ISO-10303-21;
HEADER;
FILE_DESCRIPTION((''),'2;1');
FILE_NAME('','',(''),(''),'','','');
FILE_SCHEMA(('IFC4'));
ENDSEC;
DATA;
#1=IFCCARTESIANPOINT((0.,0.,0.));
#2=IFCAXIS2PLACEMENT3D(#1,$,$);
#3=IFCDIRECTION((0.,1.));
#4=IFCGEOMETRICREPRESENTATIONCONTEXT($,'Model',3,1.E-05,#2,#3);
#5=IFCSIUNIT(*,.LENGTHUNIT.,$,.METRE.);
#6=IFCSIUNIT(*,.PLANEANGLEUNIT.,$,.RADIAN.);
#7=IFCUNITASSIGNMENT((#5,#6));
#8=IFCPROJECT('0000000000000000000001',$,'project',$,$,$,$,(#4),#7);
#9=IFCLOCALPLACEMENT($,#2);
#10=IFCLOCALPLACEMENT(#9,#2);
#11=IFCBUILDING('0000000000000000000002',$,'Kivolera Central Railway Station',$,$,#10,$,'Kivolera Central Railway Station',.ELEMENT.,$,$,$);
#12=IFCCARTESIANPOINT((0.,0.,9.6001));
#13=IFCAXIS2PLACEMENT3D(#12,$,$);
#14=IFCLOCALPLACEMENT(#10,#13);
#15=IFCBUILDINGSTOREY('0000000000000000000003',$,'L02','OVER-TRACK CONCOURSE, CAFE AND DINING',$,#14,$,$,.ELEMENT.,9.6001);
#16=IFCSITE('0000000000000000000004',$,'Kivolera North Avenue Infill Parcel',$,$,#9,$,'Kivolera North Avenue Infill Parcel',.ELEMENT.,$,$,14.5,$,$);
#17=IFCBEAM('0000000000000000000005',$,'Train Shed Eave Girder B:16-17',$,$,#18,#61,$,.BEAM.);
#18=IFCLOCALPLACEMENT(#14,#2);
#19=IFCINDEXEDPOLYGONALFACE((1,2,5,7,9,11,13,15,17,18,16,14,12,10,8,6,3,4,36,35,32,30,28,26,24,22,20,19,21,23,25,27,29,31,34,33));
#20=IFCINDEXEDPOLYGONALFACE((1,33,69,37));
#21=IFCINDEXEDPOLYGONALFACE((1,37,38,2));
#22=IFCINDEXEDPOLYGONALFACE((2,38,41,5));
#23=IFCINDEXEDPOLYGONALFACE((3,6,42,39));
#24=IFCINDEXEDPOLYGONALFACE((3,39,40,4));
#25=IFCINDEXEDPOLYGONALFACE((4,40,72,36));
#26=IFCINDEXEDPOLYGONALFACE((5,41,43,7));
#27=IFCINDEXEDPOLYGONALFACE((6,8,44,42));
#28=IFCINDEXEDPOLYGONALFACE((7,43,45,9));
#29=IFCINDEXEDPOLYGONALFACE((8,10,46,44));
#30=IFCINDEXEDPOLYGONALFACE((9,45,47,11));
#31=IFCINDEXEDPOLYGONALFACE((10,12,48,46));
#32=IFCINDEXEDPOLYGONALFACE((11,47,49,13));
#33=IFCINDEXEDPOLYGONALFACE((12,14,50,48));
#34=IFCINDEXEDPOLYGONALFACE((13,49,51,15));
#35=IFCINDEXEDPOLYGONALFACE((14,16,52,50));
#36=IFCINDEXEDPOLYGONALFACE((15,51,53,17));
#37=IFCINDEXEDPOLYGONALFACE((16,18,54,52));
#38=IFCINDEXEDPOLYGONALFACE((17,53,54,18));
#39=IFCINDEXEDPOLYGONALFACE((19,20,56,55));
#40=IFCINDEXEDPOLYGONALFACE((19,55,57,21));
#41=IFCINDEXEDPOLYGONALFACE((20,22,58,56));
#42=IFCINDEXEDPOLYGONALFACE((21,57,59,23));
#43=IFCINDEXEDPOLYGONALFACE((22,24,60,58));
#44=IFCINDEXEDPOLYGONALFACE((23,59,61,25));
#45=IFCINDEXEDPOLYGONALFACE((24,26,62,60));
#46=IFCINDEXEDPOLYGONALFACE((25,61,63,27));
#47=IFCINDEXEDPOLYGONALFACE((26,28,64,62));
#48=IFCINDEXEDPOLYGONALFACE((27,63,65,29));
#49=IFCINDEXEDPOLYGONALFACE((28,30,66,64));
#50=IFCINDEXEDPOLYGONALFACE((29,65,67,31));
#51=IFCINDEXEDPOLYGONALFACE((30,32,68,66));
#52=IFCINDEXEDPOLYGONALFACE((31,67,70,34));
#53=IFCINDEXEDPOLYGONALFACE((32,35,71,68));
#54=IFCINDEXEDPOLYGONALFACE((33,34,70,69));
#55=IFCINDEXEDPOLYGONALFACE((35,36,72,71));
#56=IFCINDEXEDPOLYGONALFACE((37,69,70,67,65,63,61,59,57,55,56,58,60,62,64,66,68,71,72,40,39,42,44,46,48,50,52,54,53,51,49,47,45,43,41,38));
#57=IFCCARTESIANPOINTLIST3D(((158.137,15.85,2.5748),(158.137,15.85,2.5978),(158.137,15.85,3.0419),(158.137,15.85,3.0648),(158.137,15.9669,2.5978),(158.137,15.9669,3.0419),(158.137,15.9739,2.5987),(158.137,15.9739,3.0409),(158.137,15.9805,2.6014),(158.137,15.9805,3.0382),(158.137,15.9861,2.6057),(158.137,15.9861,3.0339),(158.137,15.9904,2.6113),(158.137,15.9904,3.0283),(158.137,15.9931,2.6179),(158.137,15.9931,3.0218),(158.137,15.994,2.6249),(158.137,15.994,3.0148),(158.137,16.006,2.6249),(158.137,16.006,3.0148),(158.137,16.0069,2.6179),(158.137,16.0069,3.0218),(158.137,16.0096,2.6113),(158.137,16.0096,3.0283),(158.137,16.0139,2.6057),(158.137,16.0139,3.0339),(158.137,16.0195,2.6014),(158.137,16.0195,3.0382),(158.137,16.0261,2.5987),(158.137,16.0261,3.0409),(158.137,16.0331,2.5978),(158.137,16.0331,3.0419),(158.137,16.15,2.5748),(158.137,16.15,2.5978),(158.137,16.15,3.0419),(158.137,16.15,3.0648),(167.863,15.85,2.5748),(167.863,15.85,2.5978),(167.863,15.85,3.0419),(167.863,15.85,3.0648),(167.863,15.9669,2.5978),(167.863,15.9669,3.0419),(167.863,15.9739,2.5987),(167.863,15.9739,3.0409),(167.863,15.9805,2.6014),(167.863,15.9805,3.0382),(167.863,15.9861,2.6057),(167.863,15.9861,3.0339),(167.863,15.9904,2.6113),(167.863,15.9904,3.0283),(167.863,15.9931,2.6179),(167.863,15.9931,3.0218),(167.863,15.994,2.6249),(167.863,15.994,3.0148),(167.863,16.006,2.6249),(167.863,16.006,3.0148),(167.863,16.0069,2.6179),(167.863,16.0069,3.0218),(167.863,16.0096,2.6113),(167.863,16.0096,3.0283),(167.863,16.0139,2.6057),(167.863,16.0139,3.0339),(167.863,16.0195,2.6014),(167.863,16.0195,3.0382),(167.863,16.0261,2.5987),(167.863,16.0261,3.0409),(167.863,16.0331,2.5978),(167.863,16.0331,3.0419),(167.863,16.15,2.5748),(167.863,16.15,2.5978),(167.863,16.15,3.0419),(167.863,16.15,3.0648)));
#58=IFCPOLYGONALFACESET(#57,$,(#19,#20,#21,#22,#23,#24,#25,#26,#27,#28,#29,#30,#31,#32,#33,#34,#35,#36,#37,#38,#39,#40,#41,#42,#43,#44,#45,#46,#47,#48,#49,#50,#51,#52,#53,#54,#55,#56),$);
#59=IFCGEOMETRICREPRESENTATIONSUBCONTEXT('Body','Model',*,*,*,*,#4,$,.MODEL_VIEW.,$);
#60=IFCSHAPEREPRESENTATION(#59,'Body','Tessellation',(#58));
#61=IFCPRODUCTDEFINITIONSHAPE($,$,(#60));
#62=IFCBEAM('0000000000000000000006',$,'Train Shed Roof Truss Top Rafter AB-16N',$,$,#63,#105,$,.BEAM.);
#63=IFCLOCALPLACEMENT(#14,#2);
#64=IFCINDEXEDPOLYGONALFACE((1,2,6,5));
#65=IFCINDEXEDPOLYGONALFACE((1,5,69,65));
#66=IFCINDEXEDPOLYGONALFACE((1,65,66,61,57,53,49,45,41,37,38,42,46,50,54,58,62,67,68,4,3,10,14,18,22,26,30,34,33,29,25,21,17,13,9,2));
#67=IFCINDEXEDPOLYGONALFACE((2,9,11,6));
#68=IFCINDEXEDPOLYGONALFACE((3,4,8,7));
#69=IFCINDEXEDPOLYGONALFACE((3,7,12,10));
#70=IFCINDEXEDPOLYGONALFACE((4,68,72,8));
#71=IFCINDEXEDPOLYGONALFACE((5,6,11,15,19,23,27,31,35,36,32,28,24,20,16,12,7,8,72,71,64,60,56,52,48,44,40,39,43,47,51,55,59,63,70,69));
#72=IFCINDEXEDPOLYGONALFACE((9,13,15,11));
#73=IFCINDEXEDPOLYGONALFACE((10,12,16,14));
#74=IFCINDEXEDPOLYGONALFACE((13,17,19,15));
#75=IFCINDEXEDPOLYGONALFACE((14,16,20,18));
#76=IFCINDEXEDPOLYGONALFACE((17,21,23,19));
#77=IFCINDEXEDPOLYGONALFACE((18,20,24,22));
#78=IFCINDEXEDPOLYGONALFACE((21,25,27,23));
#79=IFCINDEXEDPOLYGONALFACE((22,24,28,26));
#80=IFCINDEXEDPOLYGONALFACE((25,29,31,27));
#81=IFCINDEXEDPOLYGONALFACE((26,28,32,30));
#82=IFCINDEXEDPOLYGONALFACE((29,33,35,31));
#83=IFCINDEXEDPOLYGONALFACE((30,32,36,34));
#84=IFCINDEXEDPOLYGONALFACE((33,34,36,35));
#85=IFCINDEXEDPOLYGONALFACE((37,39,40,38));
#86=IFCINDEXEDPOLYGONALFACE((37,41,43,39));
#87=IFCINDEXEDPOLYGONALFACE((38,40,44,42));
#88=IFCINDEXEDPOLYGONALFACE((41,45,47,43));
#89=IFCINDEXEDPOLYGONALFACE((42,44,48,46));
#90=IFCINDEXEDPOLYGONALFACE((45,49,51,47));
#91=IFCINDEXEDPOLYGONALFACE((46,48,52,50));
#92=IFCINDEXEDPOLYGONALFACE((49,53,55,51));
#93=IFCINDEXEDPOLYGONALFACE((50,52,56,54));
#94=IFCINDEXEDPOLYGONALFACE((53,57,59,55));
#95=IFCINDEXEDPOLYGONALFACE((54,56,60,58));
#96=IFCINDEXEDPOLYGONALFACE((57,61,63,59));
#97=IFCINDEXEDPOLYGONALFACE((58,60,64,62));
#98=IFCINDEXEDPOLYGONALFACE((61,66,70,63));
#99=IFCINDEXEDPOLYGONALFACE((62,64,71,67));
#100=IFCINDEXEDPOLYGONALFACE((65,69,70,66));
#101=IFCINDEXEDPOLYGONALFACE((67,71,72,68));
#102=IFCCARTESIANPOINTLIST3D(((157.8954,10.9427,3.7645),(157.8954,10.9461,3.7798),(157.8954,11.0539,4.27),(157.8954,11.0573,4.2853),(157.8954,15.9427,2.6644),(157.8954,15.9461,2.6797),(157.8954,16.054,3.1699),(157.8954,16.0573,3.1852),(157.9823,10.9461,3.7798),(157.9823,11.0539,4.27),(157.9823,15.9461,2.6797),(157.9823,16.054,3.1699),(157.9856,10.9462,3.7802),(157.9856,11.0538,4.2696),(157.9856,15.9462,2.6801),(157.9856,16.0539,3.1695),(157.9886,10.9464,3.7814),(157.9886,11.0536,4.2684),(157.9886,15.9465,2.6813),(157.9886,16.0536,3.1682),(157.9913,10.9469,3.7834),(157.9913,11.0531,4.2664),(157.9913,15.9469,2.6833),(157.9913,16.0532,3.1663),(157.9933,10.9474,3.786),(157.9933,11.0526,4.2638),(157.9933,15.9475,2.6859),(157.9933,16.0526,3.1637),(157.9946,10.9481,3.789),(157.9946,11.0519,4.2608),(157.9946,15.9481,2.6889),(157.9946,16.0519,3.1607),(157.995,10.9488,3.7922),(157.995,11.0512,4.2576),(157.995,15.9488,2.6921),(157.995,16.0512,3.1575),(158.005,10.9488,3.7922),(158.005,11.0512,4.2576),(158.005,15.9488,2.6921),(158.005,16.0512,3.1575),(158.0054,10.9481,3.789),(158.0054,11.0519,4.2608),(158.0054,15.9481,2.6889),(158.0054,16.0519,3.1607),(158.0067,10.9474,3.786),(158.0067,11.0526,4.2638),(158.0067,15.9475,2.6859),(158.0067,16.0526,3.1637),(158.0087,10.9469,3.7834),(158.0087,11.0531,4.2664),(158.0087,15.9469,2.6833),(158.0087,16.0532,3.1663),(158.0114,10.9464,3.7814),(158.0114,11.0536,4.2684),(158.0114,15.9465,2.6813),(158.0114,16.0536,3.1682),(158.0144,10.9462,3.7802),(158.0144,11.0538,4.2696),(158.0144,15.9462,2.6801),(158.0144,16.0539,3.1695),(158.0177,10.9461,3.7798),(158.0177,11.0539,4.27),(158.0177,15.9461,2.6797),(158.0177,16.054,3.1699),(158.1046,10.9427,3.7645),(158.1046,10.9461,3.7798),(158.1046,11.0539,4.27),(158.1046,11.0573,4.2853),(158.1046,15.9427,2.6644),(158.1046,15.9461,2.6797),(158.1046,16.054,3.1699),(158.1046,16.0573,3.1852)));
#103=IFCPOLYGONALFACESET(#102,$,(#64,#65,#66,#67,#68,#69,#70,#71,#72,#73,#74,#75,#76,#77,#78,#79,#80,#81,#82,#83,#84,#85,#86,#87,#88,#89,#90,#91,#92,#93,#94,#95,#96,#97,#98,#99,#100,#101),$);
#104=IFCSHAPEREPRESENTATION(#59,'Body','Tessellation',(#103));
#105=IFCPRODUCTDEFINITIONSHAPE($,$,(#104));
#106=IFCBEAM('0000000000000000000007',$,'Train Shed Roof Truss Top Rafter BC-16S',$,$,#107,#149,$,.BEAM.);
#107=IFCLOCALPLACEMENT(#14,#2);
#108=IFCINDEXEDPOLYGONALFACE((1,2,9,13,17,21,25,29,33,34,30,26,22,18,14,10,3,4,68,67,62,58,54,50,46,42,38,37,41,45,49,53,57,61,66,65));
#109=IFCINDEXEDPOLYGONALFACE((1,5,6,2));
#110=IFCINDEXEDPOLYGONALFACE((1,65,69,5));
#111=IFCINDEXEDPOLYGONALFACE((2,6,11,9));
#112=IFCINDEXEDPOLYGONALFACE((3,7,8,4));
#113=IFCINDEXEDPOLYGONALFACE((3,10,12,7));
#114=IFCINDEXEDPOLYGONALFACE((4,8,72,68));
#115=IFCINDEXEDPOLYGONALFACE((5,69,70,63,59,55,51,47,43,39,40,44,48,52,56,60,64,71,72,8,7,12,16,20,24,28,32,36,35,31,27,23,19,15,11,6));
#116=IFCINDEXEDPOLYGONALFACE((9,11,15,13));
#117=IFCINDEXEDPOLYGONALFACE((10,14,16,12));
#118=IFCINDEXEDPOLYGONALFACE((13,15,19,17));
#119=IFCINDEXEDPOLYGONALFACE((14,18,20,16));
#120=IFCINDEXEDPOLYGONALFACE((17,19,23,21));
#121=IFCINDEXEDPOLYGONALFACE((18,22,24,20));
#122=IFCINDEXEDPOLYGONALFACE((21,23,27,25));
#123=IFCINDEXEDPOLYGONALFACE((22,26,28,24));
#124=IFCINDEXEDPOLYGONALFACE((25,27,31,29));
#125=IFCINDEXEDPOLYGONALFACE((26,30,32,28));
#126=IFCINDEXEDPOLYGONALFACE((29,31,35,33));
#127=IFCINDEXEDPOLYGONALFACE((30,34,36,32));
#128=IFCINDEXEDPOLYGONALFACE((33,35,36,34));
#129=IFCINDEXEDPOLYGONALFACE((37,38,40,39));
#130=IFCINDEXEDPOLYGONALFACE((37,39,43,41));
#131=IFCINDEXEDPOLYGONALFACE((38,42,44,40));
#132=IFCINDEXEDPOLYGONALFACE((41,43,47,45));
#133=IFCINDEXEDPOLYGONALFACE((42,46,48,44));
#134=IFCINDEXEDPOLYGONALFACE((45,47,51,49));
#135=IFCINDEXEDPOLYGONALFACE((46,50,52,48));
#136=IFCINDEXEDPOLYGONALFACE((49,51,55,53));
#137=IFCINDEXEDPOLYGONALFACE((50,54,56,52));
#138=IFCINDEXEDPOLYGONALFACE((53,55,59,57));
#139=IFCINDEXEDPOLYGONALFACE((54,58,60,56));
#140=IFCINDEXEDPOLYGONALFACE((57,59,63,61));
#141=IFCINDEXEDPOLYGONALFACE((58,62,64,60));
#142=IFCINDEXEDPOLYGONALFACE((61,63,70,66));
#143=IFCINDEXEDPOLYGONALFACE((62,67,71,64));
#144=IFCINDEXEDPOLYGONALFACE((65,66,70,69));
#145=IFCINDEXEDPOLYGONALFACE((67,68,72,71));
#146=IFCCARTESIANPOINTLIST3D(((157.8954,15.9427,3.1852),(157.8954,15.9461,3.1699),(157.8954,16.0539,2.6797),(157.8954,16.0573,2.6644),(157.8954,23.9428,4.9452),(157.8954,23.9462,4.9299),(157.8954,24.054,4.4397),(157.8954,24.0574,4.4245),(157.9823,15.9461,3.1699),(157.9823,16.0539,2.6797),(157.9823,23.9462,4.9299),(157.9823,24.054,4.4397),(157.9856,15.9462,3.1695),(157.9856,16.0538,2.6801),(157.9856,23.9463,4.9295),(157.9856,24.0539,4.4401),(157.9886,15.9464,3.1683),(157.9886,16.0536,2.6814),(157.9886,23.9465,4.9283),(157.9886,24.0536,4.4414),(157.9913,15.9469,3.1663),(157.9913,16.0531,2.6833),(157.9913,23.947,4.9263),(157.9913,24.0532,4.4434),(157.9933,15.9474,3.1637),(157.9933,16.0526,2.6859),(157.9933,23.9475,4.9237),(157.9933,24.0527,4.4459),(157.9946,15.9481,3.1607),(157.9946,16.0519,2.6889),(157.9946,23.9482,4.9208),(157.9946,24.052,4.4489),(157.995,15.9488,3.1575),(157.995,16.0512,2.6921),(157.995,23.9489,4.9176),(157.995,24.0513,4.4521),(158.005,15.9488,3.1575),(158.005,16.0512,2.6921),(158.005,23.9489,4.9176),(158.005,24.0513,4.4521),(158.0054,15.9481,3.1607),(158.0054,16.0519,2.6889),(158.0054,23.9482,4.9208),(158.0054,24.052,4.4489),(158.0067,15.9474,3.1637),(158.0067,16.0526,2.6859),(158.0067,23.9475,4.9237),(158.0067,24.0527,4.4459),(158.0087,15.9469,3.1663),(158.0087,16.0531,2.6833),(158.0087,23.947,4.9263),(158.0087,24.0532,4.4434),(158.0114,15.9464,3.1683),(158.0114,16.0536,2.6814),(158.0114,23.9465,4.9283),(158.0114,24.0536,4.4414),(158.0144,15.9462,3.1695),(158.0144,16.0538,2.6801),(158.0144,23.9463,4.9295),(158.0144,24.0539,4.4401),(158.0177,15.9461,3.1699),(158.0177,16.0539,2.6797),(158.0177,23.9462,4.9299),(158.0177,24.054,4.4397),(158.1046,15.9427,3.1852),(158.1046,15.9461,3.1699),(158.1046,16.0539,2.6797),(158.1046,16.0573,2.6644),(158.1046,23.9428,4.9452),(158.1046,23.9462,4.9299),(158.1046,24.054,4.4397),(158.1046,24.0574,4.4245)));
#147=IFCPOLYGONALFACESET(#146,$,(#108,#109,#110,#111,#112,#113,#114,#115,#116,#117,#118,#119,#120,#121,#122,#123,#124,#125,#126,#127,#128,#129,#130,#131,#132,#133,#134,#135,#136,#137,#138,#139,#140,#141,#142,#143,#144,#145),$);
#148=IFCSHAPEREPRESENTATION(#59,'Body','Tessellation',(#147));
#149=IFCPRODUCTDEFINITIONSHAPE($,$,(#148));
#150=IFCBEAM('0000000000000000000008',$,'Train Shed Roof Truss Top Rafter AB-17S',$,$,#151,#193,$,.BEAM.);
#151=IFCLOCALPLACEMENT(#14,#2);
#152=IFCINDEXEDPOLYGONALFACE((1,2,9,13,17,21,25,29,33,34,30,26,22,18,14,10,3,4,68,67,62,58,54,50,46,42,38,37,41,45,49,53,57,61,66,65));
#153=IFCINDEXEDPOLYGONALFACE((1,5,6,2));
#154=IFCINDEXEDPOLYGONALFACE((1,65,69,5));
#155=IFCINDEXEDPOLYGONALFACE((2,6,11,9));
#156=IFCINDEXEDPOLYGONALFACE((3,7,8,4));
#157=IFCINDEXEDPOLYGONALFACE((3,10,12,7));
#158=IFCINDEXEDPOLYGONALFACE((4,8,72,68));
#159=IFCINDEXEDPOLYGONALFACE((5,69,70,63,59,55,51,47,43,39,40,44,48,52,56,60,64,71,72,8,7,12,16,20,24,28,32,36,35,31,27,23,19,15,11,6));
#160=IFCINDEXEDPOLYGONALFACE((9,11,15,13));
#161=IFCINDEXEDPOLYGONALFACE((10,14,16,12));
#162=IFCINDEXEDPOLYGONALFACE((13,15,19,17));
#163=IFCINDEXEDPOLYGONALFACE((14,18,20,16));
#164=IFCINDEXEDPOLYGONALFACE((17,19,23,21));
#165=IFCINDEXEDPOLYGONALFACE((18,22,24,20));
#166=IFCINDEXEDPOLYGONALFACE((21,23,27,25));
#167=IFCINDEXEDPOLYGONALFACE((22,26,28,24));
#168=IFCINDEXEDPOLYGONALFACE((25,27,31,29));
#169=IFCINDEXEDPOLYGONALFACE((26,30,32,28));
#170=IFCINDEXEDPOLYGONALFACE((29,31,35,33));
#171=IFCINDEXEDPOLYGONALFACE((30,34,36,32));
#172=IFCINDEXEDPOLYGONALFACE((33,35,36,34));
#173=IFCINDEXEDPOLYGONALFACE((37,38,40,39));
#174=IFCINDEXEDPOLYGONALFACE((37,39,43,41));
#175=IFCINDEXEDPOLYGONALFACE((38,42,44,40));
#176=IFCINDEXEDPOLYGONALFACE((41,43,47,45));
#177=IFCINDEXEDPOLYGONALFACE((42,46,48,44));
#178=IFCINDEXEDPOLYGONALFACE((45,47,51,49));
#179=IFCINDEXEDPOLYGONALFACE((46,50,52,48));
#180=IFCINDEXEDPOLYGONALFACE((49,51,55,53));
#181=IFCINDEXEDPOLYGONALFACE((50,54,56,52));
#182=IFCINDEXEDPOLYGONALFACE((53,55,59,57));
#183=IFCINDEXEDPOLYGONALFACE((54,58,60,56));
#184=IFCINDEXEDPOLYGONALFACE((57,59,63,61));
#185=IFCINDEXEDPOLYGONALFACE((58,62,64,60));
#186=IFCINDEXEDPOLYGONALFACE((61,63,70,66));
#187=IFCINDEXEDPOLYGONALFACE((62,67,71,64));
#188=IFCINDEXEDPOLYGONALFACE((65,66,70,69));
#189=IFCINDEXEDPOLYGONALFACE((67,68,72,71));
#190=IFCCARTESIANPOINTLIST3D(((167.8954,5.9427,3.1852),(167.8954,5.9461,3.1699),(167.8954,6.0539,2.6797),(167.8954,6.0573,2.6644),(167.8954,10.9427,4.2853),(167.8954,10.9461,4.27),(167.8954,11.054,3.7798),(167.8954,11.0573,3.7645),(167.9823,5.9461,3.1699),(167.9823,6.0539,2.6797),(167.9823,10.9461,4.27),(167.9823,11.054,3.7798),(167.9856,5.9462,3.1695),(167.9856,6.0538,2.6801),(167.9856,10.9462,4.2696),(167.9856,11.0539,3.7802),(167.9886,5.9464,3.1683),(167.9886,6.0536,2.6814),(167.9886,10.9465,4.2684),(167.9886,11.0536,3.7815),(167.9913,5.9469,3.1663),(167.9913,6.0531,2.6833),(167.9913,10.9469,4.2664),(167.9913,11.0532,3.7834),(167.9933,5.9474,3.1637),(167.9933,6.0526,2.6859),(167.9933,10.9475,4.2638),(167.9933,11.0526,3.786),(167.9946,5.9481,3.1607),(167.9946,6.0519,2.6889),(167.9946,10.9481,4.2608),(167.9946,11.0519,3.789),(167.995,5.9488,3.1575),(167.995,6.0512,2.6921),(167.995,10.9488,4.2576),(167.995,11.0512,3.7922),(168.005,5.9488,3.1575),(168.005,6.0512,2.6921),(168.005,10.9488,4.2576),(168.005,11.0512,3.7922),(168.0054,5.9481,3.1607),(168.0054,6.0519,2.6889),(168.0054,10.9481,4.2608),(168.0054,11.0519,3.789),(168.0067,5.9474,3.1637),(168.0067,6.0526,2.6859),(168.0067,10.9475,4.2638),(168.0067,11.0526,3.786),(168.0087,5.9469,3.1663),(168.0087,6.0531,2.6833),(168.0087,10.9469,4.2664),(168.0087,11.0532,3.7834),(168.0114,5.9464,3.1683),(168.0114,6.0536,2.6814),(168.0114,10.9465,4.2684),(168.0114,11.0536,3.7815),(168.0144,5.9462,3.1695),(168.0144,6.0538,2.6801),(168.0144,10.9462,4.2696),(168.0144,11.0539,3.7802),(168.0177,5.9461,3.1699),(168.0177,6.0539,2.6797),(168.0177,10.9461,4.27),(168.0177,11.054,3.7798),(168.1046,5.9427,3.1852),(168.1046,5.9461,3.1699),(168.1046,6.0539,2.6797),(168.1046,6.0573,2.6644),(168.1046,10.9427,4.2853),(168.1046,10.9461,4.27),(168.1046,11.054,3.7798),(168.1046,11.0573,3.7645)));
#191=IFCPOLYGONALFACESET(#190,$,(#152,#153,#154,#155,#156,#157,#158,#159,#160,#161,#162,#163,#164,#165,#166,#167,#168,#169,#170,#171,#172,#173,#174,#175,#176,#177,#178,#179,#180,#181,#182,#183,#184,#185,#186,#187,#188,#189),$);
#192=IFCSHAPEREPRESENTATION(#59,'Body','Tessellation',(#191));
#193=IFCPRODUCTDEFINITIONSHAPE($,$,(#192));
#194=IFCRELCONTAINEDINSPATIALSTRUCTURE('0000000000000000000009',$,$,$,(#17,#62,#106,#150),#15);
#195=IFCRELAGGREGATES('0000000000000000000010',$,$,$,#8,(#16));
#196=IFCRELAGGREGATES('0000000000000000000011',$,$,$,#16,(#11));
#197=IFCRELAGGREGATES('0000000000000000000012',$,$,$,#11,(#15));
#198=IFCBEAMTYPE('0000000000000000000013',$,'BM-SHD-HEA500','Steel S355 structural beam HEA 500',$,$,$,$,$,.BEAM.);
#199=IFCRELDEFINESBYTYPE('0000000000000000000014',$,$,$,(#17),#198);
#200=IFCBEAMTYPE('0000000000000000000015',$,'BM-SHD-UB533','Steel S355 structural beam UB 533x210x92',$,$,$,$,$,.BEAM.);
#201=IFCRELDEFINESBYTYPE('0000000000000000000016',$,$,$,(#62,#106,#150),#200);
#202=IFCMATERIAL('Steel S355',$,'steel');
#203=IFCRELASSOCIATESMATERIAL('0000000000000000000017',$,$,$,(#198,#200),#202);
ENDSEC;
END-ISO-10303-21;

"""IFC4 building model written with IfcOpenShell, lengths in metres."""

from ifc_helpers import new_model, si_unit, direction, frame, origin, origin_2d, place, context, subcontext, project, spatial, i_section, extrude, material, material_profile, profile_set, type_object, element, save


model = new_model("IFC4")

# Units and contexts
model_context = context("Model", 3, precision=1e-05, world=origin(), true_north=direction((0.0, 1.0)))
body_context = subcontext(model_context, "Body", "Model", "MODEL_VIEW")
ifc_project = project(units=[si_unit("LENGTHUNIT", "METRE"), si_unit("PLANEANGLEUNIT", "RADIAN")], contexts=[model_context])

# Site, building, storey
site_placement = place(None, origin())
site = spatial("IfcSite", under=ifc_project, at=site_placement, Name="Kivolera North Avenue Infill Parcel", LongName="Kivolera North Avenue Infill Parcel", CompositionType="ELEMENT", RefElevation=14.5)
building_placement = place(site_placement, origin())
building = spatial("IfcBuilding", under=site, at=building_placement, Name="Kivolera Central Railway Station", LongName="Kivolera Central Railway Station", CompositionType="ELEMENT")
storey_placement = place(building_placement, frame((0.0, 0.0, 9.6001)))
storey = spatial("IfcBuildingStorey", under=building, at=storey_placement, Name="L02", Description="OVER-TRACK CONCOURSE, CAFE AND DINING", CompositionType="ELEMENT", Elevation=9.6001)

# Shared definitions
ifc_material_1 = material(Name="Steel S355", Category="steel")

# Beams
ifc_material_profile_1 = material_profile(ifc_material_1, i_section(OverallWidth=0.3, OverallDepth=0.49, WebThickness=0.012, FlangeThickness=0.0229, FilletRadius=0.0271, at=origin_2d()), Name="HEA 500")
ifc_profile_set_1 = profile_set([ifc_material_profile_1], Name="Steel S355")
beam_type_1 = type_object("IfcBeamType", Name="BM-SHD-HEA500", Description="Steel S355 structural beam HEA 500", PredefinedType="BEAM", material=ifc_profile_set_1)
for number, where, z_axis, x_axis, name in (
    (1, (158.137, 16.0, 2.8198), (1.0, 0.0, 0.0), (0.0, 1.0, 0.0), "Train Shed Eave Girder B:16-17"),
):
    element("IfcBeam", number, at=place(storey_placement, frame(where, z_axis=z_axis, x_axis=x_axis)), inside=storey, type_object=beam_type_1, Name=name, PredefinedType="BEAM", context=body_context, shape_type="SweptSolid", body=[
        extrude(i_section(OverallWidth=0.3, OverallDepth=0.49, WebThickness=0.012, FlangeThickness=0.0229, FilletRadius=0.0271, at=origin_2d()), origin(), (0.0, 0.0, 1.0), 9.7261),
    ])
ifc_material_profile_2 = material_profile(ifc_material_1, i_section(OverallWidth=0.2092, OverallDepth=0.5332, WebThickness=0.01, FlangeThickness=0.0156, FilletRadius=0.0127, at=origin_2d()), Name="UB 533x210x92")
ifc_profile_set_2 = profile_set([ifc_material_profile_2], Name="Steel S355")
beam_type_2 = type_object("IfcBeamType", Name="BM-SHD-UB533", Description="Steel S355 structural beam UB 533x210x92", PredefinedType="BEAM", material=ifc_profile_set_2)
beam_1_placement = place(storey_placement, frame((158.0, 11.0, 4.0249), z_axis=(0.0, 0.97664, -0.21488), x_axis=(-1.0, 0.0, 0.0)))
element("IfcBeam", 2, at=beam_1_placement, inside=storey, type_object=beam_type_2, Name="Train Shed Roof Truss Top Rafter AB-16N", PredefinedType="BEAM", context=body_context, shape_type="SweptSolid", body=[
    extrude(i_section(OverallWidth=0.2092, OverallDepth=0.5332, WebThickness=0.01, FlangeThickness=0.0156, FilletRadius=0.0127, at=origin_2d()), origin(), (0.0, 0.0, 1.0), 5.1196),
])
beam_2_placement = place(storey_placement, frame((158.0, 16.0, 2.9248), z_axis=(0.0, 0.976644, 0.214863), x_axis=(-1.0, 0.0, 0.0)))
element("IfcBeam", 3, at=beam_2_placement, inside=storey, type_object=beam_type_2, Name="Train Shed Roof Truss Top Rafter BC-16S", PredefinedType="BEAM", context=body_context, shape_type="SweptSolid", body=[
    extrude(i_section(OverallWidth=0.2092, OverallDepth=0.5332, WebThickness=0.01, FlangeThickness=0.0156, FilletRadius=0.0127, at=origin_2d()), origin(), (0.0, 0.0, 1.0), 8.1914),
])
for number, where, z_axis, x_axis, name in (
    (4, (168.0, 6.0, 2.9248), (0.0, 0.97664, 0.21488), (-1.0, 0.0, 0.0), "Train Shed Roof Truss Top Rafter AB-17S"),
):
    element("IfcBeam", number, at=place(storey_placement, frame(where, z_axis=z_axis, x_axis=x_axis)), inside=storey, type_object=beam_type_2, Name=name, PredefinedType="BEAM", context=body_context, shape_type="SweptSolid", body=[
        extrude(i_section(OverallWidth=0.2092, OverallDepth=0.5332, WebThickness=0.01, FlangeThickness=0.0156, FilletRadius=0.0127, at=origin_2d()), origin(), (0.0, 0.0, 1.0), 5.1196),
    ])

save(model, "model.ifc")
